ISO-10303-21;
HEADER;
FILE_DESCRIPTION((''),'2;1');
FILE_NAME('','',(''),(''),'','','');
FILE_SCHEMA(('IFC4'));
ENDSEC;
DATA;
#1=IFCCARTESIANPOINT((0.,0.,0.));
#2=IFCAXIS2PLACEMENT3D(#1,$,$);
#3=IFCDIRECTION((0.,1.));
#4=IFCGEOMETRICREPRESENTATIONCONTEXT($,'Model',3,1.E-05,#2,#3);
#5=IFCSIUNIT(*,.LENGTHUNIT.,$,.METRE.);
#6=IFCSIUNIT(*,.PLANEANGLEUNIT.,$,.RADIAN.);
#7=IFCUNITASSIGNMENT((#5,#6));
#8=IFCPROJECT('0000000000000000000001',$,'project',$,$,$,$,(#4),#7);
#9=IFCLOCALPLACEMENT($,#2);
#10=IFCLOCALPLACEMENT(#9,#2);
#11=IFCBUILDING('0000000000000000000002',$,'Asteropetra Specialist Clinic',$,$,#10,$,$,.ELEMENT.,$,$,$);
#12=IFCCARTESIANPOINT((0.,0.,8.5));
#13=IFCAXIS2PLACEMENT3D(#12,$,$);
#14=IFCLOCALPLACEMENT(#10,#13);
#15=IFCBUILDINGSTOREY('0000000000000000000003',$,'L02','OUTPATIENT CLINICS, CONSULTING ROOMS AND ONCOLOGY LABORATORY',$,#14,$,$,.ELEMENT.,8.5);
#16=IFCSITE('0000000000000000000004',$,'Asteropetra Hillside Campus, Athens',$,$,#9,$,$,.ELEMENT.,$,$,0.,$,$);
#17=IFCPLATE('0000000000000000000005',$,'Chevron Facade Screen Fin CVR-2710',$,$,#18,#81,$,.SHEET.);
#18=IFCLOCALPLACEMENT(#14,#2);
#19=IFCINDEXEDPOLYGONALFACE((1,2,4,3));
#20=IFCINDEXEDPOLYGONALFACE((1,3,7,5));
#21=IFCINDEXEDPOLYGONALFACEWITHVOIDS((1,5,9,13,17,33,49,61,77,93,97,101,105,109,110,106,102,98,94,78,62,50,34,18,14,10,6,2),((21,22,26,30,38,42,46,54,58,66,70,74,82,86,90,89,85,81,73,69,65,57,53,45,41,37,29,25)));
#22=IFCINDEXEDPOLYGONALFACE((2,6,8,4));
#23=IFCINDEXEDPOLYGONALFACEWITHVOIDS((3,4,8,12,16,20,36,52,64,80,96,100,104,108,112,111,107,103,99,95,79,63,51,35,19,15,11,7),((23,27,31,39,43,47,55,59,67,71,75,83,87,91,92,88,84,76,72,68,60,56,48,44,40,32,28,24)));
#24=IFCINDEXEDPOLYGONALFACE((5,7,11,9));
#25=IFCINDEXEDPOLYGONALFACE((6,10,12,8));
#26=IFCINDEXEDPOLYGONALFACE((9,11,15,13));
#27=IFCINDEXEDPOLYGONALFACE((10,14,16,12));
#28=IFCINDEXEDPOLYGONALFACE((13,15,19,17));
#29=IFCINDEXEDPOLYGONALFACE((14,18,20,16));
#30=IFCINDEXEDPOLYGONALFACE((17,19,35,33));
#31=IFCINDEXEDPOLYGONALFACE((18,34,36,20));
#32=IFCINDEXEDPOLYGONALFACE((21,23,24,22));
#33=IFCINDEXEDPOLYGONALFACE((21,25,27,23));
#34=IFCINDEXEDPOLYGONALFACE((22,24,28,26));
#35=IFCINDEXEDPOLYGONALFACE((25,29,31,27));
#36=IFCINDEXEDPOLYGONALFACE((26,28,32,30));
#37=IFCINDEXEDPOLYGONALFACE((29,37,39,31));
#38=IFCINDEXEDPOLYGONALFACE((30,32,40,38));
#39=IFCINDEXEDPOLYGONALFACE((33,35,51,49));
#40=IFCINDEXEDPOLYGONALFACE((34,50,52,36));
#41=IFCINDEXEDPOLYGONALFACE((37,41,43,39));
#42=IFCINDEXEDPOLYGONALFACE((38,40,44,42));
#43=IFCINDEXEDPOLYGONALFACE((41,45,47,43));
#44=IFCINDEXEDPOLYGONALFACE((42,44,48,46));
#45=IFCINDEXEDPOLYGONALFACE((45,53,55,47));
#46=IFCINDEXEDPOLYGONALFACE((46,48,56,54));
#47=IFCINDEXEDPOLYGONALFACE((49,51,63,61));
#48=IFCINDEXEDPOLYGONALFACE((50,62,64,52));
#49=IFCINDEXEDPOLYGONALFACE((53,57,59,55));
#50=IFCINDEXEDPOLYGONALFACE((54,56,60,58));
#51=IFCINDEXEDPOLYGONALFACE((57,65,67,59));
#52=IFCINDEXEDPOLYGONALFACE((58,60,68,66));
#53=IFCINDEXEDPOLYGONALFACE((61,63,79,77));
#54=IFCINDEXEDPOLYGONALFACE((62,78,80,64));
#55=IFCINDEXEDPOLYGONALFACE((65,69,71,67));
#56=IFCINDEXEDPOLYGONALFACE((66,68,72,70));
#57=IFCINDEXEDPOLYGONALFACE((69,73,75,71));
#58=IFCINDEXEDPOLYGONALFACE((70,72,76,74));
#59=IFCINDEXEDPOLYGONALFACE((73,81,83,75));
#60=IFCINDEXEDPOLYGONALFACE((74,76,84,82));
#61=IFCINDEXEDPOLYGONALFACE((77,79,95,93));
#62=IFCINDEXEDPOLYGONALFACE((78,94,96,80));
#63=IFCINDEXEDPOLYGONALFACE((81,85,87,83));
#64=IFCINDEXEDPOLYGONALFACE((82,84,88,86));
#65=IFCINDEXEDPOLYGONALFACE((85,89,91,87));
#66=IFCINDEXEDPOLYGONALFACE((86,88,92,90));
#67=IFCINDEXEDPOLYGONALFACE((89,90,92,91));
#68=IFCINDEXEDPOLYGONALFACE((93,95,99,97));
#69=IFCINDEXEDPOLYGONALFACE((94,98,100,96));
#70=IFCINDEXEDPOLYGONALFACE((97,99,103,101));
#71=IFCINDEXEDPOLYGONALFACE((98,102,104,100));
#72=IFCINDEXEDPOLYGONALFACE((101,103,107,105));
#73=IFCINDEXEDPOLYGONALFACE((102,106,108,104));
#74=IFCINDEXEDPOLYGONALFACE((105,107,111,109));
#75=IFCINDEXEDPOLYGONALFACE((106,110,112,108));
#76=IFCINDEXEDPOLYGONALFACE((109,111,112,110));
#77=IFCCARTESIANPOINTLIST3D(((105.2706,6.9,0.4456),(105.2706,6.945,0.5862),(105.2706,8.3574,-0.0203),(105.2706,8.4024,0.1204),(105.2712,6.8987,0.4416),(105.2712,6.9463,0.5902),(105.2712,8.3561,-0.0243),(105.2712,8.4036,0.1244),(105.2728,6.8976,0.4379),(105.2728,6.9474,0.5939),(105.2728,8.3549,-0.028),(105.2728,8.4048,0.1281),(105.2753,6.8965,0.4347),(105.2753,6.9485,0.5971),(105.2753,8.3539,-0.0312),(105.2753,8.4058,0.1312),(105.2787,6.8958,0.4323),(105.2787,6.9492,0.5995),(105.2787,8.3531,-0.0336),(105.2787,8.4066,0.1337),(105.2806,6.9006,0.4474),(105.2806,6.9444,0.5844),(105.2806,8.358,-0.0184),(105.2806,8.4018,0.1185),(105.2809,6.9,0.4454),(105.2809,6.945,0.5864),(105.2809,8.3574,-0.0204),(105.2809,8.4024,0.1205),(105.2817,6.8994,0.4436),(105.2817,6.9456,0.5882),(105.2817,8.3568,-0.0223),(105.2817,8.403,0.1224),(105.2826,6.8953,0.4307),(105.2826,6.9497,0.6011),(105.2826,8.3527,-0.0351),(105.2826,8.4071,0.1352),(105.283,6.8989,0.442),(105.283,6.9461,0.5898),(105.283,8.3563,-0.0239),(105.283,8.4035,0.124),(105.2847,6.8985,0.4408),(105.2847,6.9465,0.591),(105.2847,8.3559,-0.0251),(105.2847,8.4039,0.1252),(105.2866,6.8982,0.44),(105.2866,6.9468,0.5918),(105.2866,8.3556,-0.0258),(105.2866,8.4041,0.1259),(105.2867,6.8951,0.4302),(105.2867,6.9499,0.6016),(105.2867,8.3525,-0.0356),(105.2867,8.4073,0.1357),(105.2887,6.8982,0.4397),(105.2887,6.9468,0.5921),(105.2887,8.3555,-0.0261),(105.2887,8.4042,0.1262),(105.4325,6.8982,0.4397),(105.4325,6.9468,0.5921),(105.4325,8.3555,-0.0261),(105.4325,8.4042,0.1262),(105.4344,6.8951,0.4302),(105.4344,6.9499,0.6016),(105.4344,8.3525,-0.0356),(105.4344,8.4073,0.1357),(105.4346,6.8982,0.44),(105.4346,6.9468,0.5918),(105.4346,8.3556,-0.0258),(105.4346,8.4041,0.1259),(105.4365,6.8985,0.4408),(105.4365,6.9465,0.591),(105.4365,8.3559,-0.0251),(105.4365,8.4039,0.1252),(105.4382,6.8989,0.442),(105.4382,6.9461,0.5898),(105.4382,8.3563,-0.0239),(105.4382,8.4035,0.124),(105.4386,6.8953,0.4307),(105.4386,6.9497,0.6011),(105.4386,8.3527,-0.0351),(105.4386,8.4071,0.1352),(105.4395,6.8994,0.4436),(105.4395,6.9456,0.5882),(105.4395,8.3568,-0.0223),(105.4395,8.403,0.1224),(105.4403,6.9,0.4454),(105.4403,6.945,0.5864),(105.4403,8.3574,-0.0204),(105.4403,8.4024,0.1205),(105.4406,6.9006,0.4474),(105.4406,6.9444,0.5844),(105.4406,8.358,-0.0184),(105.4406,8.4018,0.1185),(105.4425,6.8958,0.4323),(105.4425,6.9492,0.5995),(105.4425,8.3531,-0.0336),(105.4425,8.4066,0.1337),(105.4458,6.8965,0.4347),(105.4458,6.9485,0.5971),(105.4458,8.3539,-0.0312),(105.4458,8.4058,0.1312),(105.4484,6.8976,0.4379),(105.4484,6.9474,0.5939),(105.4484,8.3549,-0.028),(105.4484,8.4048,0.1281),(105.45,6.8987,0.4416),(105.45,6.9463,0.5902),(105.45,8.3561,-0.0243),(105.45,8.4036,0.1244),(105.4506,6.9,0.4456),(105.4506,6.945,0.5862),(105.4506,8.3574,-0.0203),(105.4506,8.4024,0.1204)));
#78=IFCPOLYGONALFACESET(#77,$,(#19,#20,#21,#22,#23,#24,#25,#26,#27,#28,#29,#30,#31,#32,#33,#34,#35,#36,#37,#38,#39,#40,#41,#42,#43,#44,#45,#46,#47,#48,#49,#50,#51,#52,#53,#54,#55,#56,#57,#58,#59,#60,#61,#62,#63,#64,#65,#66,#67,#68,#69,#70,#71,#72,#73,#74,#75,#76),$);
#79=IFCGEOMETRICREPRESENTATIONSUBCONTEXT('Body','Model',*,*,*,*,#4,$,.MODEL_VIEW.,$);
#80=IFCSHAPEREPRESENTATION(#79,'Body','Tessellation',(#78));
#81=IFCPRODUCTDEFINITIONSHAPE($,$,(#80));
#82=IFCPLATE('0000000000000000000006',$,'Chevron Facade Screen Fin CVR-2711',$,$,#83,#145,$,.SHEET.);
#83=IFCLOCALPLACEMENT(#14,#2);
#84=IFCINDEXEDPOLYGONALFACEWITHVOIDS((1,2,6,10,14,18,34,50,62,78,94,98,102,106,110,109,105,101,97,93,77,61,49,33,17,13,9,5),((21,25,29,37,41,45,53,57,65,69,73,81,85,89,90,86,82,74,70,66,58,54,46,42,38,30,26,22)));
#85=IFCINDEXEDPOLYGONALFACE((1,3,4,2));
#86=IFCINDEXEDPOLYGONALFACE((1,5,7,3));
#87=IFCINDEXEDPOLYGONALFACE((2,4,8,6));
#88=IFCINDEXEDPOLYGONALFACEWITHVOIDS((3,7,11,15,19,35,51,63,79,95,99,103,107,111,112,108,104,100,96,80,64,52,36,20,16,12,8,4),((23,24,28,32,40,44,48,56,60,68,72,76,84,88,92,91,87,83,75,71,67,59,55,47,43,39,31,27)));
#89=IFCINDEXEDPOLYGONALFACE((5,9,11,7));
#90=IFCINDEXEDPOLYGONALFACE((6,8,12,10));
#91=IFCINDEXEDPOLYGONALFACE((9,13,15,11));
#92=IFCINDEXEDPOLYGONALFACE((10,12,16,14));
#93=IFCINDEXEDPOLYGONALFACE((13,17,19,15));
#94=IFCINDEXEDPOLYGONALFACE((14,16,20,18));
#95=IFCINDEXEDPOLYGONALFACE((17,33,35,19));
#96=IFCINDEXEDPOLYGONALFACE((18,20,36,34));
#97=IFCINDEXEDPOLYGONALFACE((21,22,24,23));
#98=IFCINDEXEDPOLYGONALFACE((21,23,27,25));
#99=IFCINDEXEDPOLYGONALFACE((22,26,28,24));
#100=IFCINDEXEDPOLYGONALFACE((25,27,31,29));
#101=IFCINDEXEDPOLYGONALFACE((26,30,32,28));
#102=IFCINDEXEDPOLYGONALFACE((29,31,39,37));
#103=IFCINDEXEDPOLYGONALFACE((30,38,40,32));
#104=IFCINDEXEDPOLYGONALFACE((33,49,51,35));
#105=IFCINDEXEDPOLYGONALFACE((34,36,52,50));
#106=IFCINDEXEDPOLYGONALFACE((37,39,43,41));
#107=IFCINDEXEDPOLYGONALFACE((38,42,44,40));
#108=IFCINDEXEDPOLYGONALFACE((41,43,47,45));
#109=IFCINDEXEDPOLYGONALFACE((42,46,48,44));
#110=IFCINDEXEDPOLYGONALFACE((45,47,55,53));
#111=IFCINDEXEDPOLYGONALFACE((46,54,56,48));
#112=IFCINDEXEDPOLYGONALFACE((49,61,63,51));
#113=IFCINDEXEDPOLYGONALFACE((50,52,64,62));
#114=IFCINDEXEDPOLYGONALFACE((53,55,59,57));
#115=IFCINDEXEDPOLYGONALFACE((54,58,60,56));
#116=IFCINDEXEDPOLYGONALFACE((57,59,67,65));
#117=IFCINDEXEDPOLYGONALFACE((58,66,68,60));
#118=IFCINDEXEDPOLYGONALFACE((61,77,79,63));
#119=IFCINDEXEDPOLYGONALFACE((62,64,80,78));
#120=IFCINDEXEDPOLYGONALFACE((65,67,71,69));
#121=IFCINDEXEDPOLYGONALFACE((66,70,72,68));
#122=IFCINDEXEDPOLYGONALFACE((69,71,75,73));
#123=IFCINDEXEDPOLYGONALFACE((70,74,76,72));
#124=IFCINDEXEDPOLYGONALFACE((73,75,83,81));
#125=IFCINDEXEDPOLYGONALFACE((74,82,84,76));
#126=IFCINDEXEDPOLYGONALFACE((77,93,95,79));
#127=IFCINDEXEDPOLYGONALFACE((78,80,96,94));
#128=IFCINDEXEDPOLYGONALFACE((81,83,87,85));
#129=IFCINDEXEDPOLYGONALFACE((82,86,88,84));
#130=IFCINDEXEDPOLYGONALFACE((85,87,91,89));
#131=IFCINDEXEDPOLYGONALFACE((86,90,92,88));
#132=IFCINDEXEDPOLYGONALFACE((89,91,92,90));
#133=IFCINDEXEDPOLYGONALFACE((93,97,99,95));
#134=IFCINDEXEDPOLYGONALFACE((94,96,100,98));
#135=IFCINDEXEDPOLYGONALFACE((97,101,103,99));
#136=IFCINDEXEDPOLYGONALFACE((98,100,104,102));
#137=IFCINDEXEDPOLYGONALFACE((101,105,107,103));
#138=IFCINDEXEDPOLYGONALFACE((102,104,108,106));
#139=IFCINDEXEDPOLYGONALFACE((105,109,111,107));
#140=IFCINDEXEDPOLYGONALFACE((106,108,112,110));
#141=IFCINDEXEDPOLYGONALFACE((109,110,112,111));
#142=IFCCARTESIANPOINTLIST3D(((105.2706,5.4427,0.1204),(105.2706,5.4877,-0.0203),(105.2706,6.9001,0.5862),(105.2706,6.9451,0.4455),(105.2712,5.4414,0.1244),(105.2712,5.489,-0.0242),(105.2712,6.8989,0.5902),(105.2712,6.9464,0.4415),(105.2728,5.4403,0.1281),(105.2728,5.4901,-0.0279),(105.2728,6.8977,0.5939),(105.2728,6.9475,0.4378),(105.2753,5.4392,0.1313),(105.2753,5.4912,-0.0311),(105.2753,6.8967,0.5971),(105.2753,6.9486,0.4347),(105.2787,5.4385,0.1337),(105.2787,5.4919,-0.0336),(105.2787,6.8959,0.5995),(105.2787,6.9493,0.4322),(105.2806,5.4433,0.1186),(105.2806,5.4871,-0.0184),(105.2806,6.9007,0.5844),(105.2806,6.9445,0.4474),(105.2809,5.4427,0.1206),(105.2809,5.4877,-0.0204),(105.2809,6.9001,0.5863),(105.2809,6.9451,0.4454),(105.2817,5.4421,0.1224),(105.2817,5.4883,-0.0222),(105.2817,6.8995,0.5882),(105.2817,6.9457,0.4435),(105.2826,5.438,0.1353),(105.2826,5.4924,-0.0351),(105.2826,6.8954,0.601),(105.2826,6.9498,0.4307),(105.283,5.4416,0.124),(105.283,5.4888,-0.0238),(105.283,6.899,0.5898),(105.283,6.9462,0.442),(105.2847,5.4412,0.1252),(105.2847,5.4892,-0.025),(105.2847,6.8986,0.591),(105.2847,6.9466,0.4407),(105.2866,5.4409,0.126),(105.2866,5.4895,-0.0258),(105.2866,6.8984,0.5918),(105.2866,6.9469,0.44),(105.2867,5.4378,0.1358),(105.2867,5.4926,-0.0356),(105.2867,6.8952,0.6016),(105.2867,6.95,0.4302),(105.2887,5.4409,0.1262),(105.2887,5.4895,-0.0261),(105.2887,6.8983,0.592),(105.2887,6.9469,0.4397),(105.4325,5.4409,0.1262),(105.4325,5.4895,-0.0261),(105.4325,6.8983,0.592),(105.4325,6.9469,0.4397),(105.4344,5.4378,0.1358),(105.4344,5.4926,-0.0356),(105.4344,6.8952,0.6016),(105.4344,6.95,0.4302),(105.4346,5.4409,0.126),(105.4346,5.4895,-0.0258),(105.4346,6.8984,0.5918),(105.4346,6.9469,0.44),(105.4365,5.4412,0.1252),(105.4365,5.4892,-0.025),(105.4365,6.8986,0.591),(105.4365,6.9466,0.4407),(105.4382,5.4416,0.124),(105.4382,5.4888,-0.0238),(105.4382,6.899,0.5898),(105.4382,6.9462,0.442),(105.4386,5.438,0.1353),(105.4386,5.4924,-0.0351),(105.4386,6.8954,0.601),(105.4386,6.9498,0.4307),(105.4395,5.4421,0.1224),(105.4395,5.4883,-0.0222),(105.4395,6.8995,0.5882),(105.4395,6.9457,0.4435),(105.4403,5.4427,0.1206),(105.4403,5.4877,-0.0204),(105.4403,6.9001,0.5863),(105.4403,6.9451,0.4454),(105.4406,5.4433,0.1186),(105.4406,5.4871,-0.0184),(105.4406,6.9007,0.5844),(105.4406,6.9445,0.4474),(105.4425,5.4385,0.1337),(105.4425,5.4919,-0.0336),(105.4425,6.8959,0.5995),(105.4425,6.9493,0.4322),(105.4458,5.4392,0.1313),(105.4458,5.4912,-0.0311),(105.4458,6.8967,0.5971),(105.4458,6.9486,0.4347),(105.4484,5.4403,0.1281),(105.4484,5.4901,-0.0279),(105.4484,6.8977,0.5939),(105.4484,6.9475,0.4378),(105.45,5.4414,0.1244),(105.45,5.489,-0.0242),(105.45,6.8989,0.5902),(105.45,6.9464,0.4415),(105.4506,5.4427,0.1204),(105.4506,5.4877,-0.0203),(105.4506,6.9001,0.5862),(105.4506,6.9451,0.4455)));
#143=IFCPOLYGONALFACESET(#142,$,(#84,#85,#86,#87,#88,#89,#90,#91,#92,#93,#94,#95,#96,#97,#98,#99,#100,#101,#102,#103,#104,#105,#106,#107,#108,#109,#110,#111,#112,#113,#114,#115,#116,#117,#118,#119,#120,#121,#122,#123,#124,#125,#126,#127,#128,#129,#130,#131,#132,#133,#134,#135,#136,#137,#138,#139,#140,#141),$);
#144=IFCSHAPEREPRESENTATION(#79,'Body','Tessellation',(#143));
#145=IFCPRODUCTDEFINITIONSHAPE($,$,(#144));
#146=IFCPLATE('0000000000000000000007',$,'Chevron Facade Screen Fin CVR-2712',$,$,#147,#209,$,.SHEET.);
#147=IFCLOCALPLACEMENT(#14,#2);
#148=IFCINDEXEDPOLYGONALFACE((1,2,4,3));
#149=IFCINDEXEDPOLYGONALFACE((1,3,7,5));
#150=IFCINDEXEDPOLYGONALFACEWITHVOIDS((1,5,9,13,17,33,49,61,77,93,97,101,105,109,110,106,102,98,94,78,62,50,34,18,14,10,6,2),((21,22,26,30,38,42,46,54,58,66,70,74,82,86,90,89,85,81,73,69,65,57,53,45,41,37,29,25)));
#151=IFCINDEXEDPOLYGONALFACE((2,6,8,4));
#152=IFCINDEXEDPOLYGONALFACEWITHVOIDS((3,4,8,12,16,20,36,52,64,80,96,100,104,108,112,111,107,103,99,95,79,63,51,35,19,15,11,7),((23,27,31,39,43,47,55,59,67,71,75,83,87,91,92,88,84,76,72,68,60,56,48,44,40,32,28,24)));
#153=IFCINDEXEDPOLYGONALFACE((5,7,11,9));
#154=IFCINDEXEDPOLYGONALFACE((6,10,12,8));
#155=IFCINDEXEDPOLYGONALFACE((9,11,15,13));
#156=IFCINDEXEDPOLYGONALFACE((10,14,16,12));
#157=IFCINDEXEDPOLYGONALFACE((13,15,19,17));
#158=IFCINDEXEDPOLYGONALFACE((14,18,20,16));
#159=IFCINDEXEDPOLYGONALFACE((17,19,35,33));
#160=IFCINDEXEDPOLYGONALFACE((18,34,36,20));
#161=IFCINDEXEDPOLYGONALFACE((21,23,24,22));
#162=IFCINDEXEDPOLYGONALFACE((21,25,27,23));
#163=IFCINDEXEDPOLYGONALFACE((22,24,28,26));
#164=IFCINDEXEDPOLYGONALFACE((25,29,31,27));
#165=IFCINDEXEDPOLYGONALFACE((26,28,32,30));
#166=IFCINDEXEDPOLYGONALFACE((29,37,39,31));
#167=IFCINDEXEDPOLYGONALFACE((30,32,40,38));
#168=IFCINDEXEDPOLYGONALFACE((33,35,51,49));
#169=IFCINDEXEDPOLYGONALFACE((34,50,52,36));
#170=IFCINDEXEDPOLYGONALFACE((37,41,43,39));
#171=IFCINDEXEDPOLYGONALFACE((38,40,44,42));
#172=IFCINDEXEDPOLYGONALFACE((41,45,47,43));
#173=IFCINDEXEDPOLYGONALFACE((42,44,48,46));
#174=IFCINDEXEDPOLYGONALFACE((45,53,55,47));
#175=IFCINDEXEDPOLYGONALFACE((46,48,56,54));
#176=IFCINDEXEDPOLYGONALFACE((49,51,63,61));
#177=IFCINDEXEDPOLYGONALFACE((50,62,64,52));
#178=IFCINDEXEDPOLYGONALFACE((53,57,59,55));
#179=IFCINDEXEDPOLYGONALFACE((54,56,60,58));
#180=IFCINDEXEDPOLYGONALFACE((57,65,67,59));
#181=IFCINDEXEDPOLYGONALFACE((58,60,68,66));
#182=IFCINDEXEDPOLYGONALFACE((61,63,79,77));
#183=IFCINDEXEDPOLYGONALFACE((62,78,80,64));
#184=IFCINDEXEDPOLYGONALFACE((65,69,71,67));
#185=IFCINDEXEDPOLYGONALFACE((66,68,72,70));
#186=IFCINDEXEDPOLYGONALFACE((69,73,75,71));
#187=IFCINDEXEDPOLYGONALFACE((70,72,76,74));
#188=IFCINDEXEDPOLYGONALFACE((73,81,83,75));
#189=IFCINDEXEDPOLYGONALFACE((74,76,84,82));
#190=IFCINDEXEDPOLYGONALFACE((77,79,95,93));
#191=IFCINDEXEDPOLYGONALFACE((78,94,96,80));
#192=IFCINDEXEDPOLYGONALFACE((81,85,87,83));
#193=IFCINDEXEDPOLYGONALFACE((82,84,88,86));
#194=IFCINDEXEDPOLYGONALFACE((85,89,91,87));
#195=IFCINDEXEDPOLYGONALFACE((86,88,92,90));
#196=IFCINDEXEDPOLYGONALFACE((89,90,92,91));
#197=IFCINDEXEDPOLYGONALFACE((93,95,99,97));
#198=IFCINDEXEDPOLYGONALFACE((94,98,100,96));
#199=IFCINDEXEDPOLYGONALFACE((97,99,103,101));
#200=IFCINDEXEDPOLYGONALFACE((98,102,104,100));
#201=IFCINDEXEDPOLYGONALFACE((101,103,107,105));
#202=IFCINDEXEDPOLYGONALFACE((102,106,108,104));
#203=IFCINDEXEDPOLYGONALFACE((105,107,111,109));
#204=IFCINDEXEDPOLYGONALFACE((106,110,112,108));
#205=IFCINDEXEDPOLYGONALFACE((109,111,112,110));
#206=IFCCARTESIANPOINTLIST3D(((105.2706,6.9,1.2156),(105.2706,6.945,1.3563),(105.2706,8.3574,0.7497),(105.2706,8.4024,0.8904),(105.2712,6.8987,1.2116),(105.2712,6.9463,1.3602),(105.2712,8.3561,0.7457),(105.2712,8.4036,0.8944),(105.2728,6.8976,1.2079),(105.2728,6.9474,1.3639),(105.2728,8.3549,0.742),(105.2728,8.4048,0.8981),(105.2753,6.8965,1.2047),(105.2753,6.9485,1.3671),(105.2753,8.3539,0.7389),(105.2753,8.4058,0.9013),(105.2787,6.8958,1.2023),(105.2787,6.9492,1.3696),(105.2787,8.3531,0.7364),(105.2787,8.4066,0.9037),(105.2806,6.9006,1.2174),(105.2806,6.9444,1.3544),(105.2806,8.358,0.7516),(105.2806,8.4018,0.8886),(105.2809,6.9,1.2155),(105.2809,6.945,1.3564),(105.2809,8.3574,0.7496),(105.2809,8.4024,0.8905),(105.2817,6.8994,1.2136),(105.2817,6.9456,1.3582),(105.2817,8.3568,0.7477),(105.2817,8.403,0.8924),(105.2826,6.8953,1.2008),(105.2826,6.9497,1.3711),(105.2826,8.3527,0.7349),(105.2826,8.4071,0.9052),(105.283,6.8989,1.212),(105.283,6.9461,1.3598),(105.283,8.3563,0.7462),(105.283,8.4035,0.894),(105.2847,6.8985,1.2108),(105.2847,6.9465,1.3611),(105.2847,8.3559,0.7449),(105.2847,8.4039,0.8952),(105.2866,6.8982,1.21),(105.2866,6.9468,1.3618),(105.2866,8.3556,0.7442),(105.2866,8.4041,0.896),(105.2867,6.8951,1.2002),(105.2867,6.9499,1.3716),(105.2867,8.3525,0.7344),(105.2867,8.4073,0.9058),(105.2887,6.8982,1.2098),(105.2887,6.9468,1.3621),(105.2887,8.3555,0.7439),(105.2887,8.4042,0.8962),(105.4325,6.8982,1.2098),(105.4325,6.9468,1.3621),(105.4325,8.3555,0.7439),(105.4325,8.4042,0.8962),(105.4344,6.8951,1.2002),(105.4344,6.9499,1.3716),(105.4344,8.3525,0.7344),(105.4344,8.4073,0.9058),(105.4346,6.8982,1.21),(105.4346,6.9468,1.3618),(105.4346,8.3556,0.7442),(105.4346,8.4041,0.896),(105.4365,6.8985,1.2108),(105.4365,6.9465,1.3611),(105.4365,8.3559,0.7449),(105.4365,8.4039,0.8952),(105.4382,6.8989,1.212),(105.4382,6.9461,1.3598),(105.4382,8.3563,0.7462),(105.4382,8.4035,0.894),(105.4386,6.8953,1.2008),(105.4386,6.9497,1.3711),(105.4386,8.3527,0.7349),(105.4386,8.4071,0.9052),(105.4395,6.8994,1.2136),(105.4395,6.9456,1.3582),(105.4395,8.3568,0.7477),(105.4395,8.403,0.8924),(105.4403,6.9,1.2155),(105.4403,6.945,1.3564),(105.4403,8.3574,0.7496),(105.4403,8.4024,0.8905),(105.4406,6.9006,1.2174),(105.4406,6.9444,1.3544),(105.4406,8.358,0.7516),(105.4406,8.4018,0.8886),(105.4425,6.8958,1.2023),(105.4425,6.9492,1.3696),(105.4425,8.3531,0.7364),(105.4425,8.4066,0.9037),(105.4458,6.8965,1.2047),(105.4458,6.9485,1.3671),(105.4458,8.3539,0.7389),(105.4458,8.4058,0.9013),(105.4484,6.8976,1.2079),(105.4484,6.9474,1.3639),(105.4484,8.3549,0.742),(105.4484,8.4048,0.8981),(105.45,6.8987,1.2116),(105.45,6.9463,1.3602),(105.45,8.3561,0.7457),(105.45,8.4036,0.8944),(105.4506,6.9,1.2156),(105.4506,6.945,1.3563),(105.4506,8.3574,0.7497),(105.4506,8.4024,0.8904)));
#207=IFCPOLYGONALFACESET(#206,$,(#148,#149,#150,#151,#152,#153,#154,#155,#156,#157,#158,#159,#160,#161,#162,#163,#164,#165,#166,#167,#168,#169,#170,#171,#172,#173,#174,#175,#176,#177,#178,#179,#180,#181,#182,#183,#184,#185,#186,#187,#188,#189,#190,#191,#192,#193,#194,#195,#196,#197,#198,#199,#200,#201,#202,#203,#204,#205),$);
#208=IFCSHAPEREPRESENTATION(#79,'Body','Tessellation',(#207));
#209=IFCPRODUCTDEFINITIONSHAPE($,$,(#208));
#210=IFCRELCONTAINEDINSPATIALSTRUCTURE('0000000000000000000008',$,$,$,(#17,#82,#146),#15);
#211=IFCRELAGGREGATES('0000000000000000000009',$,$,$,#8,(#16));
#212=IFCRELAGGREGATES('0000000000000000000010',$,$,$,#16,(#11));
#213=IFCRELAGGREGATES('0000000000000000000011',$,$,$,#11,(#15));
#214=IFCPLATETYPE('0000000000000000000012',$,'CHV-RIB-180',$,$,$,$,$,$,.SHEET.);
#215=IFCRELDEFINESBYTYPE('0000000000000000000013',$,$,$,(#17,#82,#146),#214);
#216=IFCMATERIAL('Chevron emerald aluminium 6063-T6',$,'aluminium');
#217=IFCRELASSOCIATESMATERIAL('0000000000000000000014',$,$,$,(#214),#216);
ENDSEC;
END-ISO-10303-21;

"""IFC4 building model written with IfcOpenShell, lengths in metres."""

from ifc_helpers import new_model, si_unit, direction, frame, origin, origin_2d, place, context, subcontext, project, spatial, hollow_rectangle, extrude, material, material_profile, profile_set, type_object, element, save


model = new_model("IFC4")

# Units and contexts
model_context = context("Model", 3, precision=1e-05, world=origin(), true_north=direction((0.0, 1.0)))
body_context = subcontext(model_context, "Body", "Model", "MODEL_VIEW")
ifc_project = project(units=[si_unit("LENGTHUNIT", "METRE"), si_unit("PLANEANGLEUNIT", "RADIAN")], contexts=[model_context])

# Site, building, storey
site_placement = place(None, origin())
site = spatial("IfcSite", under=ifc_project, at=site_placement, Name="Asteropetra Hillside Campus, Athens", CompositionType="ELEMENT", RefElevation=0.0)
building_placement = place(site_placement, origin())
building = spatial("IfcBuilding", under=site, at=building_placement, Name="Asteropetra Specialist Clinic", CompositionType="ELEMENT")
storey_placement = place(building_placement, frame((0.0, 0.0, 8.5)))
storey = spatial("IfcBuildingStorey", under=building, at=storey_placement, Name="L02", Description="OUTPATIENT CLINICS, CONSULTING ROOMS AND ONCOLOGY LABORATORY", CompositionType="ELEMENT", Elevation=8.5)

# Plates
ifc_material_1 = material(Name="Chevron emerald aluminium 6063-T6", Category="aluminium")
ifc_material_profile = material_profile(ifc_material_1, hollow_rectangle(XDim=0.1799, YDim=0.1799, WallThickness=0.01, InnerFilletRadius=0.0081, OuterFilletRadius=0.0161, at=origin_2d()), Name="SHS 180x180x10.0")
ifc_profile_set = profile_set([ifc_material_profile], Name="Chevron emerald aluminium 6063-T6")
plate_type = type_object("IfcPlateType", Name="CHV-RIB-180", PredefinedType="SHEET", material=ifc_profile_set)
for number, where, z_axis, x_axis, name in (
    (1, (105.3606, 8.3799, 0.05), (0.0, -0.95252, 0.304475), (1.0, 0.0, 0.0), "Chevron Facade Screen Fin CVR-2710"),
    (2, (105.3606, 6.9226, 0.5159), (0.0, -0.952535, -0.304428), (1.0, 0.0, 0.0), "Chevron Facade Screen Fin CVR-2711"),
    (3, (105.3606, 8.3799, 0.8201), (0.0, -0.95252, 0.304475), (1.0, 0.0, 0.0), "Chevron Facade Screen Fin CVR-2712"),
):
    element("IfcPlate", number, at=place(storey_placement, frame(where, z_axis=z_axis, x_axis=x_axis)), inside=storey, type_object=plate_type, Name=name, PredefinedType="SHEET", context=body_context, shape_type="SweptSolid", body=[
        extrude(hollow_rectangle(XDim=0.1799, YDim=0.1799, WallThickness=0.01, InnerFilletRadius=0.0081, OuterFilletRadius=0.0161, at=origin_2d()), origin(), (0.0, 0.0, 1.0), 1.53),
    ])

save(model, "model.ifc")
